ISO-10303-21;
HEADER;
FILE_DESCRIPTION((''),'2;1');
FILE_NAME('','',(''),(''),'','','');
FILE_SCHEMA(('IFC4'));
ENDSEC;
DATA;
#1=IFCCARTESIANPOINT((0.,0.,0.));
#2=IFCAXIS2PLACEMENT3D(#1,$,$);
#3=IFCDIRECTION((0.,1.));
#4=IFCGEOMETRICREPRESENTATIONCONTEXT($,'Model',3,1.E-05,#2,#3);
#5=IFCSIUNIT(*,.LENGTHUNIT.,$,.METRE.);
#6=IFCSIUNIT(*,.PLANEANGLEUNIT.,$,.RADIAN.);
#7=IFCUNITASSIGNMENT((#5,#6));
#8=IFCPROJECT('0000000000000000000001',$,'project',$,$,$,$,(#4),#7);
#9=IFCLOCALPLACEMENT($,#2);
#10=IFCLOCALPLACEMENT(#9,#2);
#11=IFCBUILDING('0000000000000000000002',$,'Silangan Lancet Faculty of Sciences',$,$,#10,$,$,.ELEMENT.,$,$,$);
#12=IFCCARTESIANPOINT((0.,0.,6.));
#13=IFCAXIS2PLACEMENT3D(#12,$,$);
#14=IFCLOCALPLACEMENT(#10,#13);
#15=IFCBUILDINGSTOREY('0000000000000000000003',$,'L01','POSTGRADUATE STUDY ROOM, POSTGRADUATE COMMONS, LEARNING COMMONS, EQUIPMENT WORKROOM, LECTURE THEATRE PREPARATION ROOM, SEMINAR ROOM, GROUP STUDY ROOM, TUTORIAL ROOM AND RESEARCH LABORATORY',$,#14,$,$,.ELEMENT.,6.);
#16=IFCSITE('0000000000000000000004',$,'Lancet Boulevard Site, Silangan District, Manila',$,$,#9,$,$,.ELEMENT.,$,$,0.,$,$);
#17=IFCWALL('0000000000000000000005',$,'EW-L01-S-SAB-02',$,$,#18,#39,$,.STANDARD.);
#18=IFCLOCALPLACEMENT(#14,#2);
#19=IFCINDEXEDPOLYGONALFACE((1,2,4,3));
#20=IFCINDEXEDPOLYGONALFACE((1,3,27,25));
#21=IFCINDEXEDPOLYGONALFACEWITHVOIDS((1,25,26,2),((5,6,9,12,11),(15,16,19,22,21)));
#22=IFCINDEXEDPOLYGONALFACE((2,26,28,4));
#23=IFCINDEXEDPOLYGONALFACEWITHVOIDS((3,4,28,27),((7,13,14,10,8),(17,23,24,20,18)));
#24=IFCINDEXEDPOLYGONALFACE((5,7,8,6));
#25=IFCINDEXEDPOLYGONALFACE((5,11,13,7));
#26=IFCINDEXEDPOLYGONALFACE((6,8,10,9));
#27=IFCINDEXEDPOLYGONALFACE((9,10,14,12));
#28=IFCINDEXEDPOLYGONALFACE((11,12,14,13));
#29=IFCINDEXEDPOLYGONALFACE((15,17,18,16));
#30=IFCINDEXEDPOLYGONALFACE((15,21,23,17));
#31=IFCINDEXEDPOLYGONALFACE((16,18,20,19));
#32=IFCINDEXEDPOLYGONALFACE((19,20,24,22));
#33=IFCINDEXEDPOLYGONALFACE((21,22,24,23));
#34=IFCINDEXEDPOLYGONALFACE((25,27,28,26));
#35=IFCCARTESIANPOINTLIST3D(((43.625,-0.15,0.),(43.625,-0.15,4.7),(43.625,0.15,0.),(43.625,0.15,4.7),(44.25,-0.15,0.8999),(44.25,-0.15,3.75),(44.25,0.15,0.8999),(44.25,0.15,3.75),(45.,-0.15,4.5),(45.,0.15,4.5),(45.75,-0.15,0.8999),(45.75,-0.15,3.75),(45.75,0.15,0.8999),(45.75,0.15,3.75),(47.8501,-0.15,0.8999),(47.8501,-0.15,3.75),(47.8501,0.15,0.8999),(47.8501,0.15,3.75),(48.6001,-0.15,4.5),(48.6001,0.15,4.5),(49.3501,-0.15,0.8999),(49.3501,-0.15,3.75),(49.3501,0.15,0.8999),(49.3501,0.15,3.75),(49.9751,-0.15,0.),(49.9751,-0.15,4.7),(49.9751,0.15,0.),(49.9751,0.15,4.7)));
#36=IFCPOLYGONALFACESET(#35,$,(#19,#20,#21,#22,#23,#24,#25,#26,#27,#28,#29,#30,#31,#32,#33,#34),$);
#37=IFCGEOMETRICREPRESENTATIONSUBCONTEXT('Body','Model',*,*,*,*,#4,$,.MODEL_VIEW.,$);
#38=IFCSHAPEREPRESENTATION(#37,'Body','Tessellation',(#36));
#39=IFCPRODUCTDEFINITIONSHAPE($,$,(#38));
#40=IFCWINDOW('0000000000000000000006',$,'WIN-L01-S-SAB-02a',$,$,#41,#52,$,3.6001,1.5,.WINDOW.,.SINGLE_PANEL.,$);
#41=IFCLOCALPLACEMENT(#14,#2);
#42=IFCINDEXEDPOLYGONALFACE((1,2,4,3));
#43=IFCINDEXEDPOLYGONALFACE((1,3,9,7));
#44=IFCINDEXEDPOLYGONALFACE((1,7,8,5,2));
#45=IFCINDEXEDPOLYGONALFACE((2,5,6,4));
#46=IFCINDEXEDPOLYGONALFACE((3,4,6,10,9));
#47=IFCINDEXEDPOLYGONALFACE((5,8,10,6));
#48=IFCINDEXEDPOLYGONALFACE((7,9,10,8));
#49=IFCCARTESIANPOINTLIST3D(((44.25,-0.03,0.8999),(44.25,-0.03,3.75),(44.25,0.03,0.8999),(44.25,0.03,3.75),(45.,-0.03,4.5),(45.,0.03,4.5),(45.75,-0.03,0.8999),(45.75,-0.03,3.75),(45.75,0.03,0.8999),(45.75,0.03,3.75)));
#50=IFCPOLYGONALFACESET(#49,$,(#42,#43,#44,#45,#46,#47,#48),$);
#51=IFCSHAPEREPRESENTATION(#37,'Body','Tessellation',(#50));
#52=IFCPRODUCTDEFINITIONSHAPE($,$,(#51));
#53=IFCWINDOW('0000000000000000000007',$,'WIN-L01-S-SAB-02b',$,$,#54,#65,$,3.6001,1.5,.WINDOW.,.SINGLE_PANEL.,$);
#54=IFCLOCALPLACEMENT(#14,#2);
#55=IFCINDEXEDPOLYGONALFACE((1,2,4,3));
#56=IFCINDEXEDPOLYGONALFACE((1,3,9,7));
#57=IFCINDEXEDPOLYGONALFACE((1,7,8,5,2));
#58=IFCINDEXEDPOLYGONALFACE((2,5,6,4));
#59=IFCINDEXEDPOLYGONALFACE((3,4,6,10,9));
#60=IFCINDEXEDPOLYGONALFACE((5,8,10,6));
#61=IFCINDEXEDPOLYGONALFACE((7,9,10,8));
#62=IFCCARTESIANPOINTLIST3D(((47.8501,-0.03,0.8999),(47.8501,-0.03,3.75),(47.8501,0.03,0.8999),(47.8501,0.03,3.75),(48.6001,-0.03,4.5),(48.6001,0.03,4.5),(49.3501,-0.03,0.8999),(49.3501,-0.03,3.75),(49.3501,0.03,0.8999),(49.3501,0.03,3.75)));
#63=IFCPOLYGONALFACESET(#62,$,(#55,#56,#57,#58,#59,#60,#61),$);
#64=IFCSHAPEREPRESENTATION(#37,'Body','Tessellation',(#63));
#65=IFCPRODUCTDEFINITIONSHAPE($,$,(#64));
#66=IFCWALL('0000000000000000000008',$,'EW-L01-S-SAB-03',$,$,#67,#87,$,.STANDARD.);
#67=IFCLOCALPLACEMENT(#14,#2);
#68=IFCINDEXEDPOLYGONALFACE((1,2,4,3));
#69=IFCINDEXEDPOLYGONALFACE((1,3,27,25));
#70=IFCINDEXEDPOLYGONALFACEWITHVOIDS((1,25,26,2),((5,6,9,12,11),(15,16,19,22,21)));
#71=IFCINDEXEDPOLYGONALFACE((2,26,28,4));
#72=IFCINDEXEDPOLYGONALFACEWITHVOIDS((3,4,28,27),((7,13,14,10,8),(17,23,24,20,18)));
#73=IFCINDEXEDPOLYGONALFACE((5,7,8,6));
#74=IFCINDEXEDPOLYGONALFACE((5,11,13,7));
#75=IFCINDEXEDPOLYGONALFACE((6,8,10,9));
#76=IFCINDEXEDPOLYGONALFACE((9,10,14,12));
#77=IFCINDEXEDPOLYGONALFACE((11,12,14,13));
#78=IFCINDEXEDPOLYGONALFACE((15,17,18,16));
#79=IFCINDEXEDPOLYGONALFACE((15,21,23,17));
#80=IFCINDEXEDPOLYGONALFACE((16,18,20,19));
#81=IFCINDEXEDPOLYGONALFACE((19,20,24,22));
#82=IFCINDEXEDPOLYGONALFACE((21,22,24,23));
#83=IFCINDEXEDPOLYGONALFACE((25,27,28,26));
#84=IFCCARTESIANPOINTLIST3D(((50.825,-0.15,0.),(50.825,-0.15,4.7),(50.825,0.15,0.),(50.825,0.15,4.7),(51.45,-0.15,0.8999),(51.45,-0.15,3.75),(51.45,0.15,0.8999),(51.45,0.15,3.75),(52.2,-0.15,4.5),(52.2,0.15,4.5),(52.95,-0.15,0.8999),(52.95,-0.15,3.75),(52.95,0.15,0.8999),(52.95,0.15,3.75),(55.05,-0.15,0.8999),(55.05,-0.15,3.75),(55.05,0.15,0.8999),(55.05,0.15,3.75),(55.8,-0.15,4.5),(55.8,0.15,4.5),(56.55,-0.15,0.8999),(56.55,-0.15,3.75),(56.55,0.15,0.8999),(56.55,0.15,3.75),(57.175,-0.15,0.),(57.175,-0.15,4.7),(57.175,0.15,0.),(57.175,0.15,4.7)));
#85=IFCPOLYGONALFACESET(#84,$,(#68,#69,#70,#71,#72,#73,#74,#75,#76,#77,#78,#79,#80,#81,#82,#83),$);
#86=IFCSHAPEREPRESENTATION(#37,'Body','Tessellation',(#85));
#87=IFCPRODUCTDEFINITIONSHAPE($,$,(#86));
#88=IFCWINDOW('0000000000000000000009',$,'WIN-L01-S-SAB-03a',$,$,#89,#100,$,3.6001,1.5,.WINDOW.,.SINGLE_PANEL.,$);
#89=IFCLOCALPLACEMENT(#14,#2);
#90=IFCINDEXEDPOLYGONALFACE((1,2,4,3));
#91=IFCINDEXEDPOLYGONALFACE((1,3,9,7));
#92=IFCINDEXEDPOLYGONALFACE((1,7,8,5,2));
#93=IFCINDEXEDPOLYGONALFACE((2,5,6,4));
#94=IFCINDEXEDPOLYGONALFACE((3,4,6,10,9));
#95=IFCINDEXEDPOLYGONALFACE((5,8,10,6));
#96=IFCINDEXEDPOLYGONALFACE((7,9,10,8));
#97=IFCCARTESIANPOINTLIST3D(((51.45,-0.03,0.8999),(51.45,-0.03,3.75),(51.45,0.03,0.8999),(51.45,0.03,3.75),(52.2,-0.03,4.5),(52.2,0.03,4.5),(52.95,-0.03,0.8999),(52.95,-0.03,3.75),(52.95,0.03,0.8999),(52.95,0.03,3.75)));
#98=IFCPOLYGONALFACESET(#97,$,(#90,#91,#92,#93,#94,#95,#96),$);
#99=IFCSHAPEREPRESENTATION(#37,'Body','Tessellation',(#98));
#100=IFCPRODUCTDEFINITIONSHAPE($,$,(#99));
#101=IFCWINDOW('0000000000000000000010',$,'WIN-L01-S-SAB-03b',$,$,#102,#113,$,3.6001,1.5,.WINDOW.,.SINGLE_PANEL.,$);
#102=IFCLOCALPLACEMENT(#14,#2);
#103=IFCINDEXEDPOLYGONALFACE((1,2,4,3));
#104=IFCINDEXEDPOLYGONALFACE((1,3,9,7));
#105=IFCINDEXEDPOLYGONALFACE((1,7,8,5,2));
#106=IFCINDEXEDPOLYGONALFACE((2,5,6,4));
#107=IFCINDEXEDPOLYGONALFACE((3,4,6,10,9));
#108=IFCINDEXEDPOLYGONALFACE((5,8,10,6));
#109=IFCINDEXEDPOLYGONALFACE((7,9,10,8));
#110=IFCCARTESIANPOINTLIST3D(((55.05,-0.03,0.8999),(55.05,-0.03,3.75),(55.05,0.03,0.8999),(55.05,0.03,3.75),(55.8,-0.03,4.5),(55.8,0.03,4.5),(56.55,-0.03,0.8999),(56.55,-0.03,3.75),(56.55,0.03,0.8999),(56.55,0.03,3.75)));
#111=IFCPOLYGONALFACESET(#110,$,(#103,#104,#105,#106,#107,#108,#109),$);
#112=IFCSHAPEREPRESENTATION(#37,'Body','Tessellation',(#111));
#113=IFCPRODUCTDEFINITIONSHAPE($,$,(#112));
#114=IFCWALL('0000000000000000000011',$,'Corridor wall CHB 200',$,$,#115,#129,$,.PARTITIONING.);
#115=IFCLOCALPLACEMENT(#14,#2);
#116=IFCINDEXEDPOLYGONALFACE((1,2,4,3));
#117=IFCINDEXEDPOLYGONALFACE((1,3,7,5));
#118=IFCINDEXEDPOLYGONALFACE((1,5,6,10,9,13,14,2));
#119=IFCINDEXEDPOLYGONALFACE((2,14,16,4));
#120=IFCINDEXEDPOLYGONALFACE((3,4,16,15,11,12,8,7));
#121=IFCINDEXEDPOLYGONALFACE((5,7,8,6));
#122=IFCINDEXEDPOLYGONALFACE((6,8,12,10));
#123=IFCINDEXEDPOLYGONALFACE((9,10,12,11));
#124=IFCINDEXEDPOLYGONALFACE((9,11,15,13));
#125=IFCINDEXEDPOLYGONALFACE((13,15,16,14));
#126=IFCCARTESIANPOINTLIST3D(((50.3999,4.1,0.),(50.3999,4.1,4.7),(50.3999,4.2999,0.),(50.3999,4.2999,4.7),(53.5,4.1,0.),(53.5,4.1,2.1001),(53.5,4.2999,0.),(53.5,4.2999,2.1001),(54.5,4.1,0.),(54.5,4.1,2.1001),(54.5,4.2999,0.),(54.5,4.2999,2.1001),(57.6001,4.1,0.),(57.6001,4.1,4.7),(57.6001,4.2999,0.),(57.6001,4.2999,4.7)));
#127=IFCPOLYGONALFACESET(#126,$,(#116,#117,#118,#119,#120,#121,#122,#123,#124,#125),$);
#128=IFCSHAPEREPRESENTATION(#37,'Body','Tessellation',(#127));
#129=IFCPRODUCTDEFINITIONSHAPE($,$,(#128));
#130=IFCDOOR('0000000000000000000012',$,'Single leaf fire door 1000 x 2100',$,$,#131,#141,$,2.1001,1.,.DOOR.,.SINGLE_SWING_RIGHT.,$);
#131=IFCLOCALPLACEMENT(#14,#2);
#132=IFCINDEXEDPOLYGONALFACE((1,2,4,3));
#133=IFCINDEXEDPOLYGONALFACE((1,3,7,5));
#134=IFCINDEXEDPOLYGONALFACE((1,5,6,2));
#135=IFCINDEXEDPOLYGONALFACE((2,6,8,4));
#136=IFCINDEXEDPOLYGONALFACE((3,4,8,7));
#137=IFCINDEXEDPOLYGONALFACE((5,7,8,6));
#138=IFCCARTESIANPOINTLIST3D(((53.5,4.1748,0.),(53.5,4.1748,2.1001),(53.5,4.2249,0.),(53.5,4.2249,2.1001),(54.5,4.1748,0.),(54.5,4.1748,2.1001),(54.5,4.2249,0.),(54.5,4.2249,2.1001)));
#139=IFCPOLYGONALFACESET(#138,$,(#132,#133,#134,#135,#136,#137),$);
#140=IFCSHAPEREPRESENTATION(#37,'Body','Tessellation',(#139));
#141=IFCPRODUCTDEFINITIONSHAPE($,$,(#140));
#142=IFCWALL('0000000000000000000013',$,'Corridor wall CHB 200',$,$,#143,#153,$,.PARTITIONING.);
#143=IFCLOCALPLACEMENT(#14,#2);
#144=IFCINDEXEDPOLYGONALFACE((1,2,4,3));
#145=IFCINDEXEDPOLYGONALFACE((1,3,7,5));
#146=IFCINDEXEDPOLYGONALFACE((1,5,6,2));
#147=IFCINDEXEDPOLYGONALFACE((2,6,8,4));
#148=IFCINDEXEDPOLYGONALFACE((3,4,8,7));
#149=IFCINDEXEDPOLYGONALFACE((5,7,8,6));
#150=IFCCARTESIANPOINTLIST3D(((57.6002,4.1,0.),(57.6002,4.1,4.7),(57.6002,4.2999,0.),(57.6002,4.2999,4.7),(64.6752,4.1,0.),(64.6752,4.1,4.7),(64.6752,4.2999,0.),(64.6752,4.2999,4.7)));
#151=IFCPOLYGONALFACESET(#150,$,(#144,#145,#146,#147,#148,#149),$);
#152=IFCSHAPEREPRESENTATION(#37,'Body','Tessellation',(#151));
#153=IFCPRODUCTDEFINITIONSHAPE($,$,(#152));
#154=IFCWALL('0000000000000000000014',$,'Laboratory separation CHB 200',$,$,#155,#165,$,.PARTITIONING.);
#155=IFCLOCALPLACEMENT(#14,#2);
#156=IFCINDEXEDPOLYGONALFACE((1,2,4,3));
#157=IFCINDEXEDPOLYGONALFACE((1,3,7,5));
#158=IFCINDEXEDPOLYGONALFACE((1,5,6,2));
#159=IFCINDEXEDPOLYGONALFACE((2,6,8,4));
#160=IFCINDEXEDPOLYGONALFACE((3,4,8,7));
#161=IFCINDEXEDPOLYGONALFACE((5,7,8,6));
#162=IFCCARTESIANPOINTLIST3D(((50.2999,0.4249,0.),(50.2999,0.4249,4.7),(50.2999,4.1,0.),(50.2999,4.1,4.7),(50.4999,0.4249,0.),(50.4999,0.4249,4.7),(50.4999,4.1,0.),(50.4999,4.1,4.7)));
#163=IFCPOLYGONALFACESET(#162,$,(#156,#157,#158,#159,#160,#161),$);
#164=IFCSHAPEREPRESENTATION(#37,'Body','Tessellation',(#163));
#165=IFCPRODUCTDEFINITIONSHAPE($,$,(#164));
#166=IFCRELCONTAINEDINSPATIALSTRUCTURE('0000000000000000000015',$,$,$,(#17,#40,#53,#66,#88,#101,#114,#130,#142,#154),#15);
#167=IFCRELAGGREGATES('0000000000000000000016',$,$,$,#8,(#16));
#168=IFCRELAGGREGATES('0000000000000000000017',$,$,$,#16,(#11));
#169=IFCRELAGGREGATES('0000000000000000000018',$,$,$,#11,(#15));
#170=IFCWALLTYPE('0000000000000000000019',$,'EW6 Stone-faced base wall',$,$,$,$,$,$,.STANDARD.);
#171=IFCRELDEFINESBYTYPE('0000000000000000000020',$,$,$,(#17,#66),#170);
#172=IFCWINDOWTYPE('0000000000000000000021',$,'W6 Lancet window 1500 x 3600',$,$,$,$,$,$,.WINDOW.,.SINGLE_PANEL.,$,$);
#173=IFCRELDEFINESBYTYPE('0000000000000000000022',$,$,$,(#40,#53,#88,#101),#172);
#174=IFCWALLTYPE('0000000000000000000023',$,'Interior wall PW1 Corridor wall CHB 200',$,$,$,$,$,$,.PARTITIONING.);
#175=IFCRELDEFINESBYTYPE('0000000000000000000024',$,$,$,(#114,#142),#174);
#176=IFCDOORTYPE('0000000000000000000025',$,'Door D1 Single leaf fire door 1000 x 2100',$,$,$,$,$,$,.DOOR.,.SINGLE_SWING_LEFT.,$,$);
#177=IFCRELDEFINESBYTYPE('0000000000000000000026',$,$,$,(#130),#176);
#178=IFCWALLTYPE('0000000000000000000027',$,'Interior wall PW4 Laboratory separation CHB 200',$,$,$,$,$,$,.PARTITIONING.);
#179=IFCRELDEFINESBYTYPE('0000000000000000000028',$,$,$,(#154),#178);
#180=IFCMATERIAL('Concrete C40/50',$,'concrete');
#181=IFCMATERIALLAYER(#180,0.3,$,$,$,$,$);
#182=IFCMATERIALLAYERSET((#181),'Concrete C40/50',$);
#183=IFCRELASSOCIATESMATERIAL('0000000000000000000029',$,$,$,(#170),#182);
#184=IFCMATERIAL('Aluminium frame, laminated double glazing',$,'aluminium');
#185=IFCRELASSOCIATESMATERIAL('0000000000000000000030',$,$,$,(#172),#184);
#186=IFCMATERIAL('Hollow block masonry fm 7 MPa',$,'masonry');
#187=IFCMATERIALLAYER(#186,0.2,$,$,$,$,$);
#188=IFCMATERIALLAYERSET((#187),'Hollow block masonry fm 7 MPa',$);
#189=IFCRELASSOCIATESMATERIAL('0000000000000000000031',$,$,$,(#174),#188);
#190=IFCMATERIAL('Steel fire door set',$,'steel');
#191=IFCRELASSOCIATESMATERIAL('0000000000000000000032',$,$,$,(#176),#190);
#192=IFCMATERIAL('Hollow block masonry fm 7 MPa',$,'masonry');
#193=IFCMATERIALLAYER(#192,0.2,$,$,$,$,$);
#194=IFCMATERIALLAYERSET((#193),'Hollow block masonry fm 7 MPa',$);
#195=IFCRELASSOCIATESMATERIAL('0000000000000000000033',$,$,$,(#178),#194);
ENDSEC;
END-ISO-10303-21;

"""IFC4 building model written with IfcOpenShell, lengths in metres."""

from ifc_helpers import new_model, si_unit, direction, frame, frame_2d, origin, place, context, subcontext, project, spatial, polyline, rectangle, outline, extrude, material, layer, layer_set, type_object, element, fill, save


model = new_model("IFC4")

# Units and contexts
model_context = context("Model", 3, precision=1e-05, world=origin(), true_north=direction((0.0, 1.0)))
body_context = subcontext(model_context, "Body", "Model", "MODEL_VIEW")
ifc_project = project(units=[si_unit("LENGTHUNIT", "METRE"), si_unit("PLANEANGLEUNIT", "RADIAN")], contexts=[model_context])

# Site, building, storey
site_placement = place(None, origin())
site = spatial("IfcSite", under=ifc_project, at=site_placement, Name="Lancet Boulevard Site, Silangan District, Manila", CompositionType="ELEMENT", RefElevation=0.0)
building_placement = place(site_placement, origin())
building = spatial("IfcBuilding", under=site, at=building_placement, Name="Silangan Lancet Faculty of Sciences", CompositionType="ELEMENT")
storey_placement = place(building_placement, frame((0.0, 0.0, 6.0)))
storey = spatial("IfcBuildingStorey", under=building, at=storey_placement, Name="L01", Description="POSTGRADUATE STUDY ROOM, POSTGRADUATE COMMONS, LEARNING COMMONS, EQUIPMENT WORKROOM, LECTURE THEATRE PREPARATION ROOM, SEMINAR ROOM, GROUP STUDY ROOM, TUTORIAL ROOM AND RESEARCH LABORATORY", CompositionType="ELEMENT", Elevation=6.0)

# Walls, openings, windows
ifc_material_1 = material(Name="Concrete C40/50", Category="concrete")
ifc_layer_1 = layer(ifc_material_1, 0.3)
ifc_layer_set_1 = layer_set([ifc_layer_1], Name="Concrete C40/50")
wall_type_1 = type_object("IfcWallType", Name="EW6 Stone-faced base wall", PredefinedType="STANDARD", material=ifc_layer_set_1)
wall_1_placement = place(storey_placement, frame((43.625, 0.0, 0.0), z_axis=(0.0, 0.0, 1.0), x_axis=(1.0, 0.0, 0.0)))
wall_1 = element("IfcWall", 1, at=wall_1_placement, inside=storey, type_object=wall_type_1, Name="EW-L01-S-SAB-02", PredefinedType="STANDARD", context=body_context, shape_type="SweptSolid", body=[
    extrude(rectangle(XDim=6.3501, YDim=0.3, at=frame_2d((3.175, 0.0))), origin(), (0.0, 0.0, 1.0), 4.7),
])
opening_1_placement = place(wall_1_placement, frame((0.625, 0.0, 0.8999)))
opening_1 = element("IfcOpeningElement", 2, at=opening_1_placement, cuts=wall_1, PredefinedType="OPENING", context=body_context, shape_type="SweptSolid", body=[
    extrude(outline(polyline([(0.0, 0.0), (1.5, 0.0), (1.5, 2.8501), (0.75, 3.6001), (0.0, 2.8501), (0.0, 0.0)])), frame((0.0, 0.1599, 0.0), z_axis=(0.0, -1.0, 0.0), x_axis=(1.0, 0.0, 0.0)), (0.0, 0.0, 1.0), 0.3201),
])
opening_2_placement = place(wall_1_placement, frame((4.2251, 0.0, 0.8999)))
opening_2 = element("IfcOpeningElement", 3, at=opening_2_placement, cuts=wall_1, PredefinedType="OPENING", context=body_context, shape_type="SweptSolid", body=[
    extrude(outline(polyline([(0.0, 0.0), (1.5, 0.0), (1.5, 2.8501), (0.75, 3.6001), (0.0, 2.8501), (0.0, 0.0)])), frame((0.0, 0.1599, 0.0), z_axis=(0.0, -1.0, 0.0), x_axis=(1.0, 0.0, 0.0)), (0.0, 0.0, 1.0), 0.3201),
])
ifc_material_2 = material(Name="Aluminium frame, laminated double glazing", Category="aluminium")
window_type = type_object("IfcWindowType", Name="W6 Lancet window 1500 x 3600", PartitioningType="SINGLE_PANEL", PredefinedType="WINDOW", material=ifc_material_2)
window_1_placement = place(opening_1_placement, origin())
window_1 = element("IfcWindow", 4, at=window_1_placement, inside=storey, type_object=window_type, Name="WIN-L01-S-SAB-02a", OverallHeight=3.6001, OverallWidth=1.5, PartitioningType="SINGLE_PANEL", PredefinedType="WINDOW", context=body_context, shape_type="SweptSolid", body=[
    extrude(outline(polyline([(0.0, 0.0), (1.5, 0.0), (1.5, 2.8501), (0.75, 3.6001), (0.0, 2.8501), (0.0, 0.0)])), frame((0.0, 0.03, 0.0), z_axis=(0.0, -1.0, 0.0), x_axis=(1.0, 0.0, 0.0)), (0.0, 0.0, 1.0), 0.0601),
])
fill(opening_1, window_1)
window_2_placement = place(opening_2_placement, origin())
window_2 = element("IfcWindow", 5, at=window_2_placement, inside=storey, type_object=window_type, Name="WIN-L01-S-SAB-02b", OverallHeight=3.6001, OverallWidth=1.5, PartitioningType="SINGLE_PANEL", PredefinedType="WINDOW", context=body_context, shape_type="SweptSolid", body=[
    extrude(outline(polyline([(0.0, 0.0), (1.5, 0.0), (1.5, 2.8501), (0.75, 3.6001), (0.0, 2.8501), (0.0, 0.0)])), frame((0.0, 0.03, 0.0), z_axis=(0.0, -1.0, 0.0), x_axis=(1.0, 0.0, 0.0)), (0.0, 0.0, 1.0), 0.0601),
])
fill(opening_2, window_2)
wall_2_placement = place(storey_placement, frame((50.825, 0.0, 0.0), z_axis=(0.0, 0.0, 1.0), x_axis=(1.0, 0.0, 0.0)))
wall_2 = element("IfcWall", 6, at=wall_2_placement, inside=storey, type_object=wall_type_1, Name="EW-L01-S-SAB-03", PredefinedType="STANDARD", context=body_context, shape_type="SweptSolid", body=[
    extrude(rectangle(XDim=6.3501, YDim=0.3, at=frame_2d((3.175, 0.0))), origin(), (0.0, 0.0, 1.0), 4.7),
])
opening_3_placement = place(wall_2_placement, frame((0.625, 0.0, 0.8999)))
opening_3 = element("IfcOpeningElement", 7, at=opening_3_placement, cuts=wall_2, PredefinedType="OPENING", context=body_context, shape_type="SweptSolid", body=[
    extrude(outline(polyline([(0.0, 0.0), (1.5, 0.0), (1.5, 2.8501), (0.75, 3.6001), (0.0, 2.8501), (0.0, 0.0)])), frame((0.0, 0.1599, 0.0), z_axis=(0.0, -1.0, 0.0), x_axis=(1.0, 0.0, 0.0)), (0.0, 0.0, 1.0), 0.3201),
])
opening_4_placement = place(wall_2_placement, frame((4.2251, 0.0, 0.8999)))
opening_4 = element("IfcOpeningElement", 8, at=opening_4_placement, cuts=wall_2, PredefinedType="OPENING", context=body_context, shape_type="SweptSolid", body=[
    extrude(outline(polyline([(0.0, 0.0), (1.5, 0.0), (1.5, 2.8501), (0.75, 3.6001), (0.0, 2.8501), (0.0, 0.0)])), frame((0.0, 0.1599, 0.0), z_axis=(0.0, -1.0, 0.0), x_axis=(1.0, 0.0, 0.0)), (0.0, 0.0, 1.0), 0.3201),
])
window_3_placement = place(opening_3_placement, origin())
window_3 = element("IfcWindow", 9, at=window_3_placement, inside=storey, type_object=window_type, Name="WIN-L01-S-SAB-03a", OverallHeight=3.6001, OverallWidth=1.5, PartitioningType="SINGLE_PANEL", PredefinedType="WINDOW", context=body_context, shape_type="SweptSolid", body=[
    extrude(outline(polyline([(0.0, 0.0), (1.5, 0.0), (1.5, 2.8501), (0.75, 3.6001), (0.0, 2.8501), (0.0, 0.0)])), frame((0.0, 0.03, 0.0), z_axis=(0.0, -1.0, 0.0), x_axis=(1.0, 0.0, 0.0)), (0.0, 0.0, 1.0), 0.0601),
])
fill(opening_3, window_3)
window_4_placement = place(opening_4_placement, origin())
window_4 = element("IfcWindow", 10, at=window_4_placement, inside=storey, type_object=window_type, Name="WIN-L01-S-SAB-03b", OverallHeight=3.6001, OverallWidth=1.5, PartitioningType="SINGLE_PANEL", PredefinedType="WINDOW", context=body_context, shape_type="SweptSolid", body=[
    extrude(outline(polyline([(0.0, 0.0), (1.5, 0.0), (1.5, 2.8501), (0.75, 3.6001), (0.0, 2.8501), (0.0, 0.0)])), frame((0.0, 0.03, 0.0), z_axis=(0.0, -1.0, 0.0), x_axis=(1.0, 0.0, 0.0)), (0.0, 0.0, 1.0), 0.0601),
])
fill(opening_4, window_4)

# Wall, opening, door
ifc_material_3 = material(Name="Hollow block masonry fm 7 MPa", Category="masonry")
ifc_layer_2 = layer(ifc_material_3, 0.2)
ifc_layer_set_2 = layer_set([ifc_layer_2], Name="Hollow block masonry fm 7 MPa")
wall_type_2 = type_object("IfcWallType", Name="Interior wall PW1 Corridor wall CHB 200", PredefinedType="PARTITIONING", material=ifc_layer_set_2)
wall_3_placement = place(storey_placement, frame((50.3999, 4.2, 0.0), z_axis=(0.0, 0.0, 1.0), x_axis=(1.0, 0.0, 0.0)))
wall_3 = element("IfcWall", 11, at=wall_3_placement, inside=storey, type_object=wall_type_2, Name="Corridor wall CHB 200", PredefinedType="PARTITIONING", context=body_context, shape_type="SweptSolid", body=[
    extrude(rectangle(XDim=7.2002, YDim=0.2, at=frame_2d((3.6001, 0.0))), origin(), (0.0, 0.0, 1.0), 4.7),
])
opening_5_placement = place(wall_3_placement, frame((3.1001, 0.0, 0.0)))
opening_5 = element("IfcOpeningElement", 12, at=opening_5_placement, cuts=wall_3, PredefinedType="OPENING", context=body_context, shape_type="SweptSolid", body=[
    extrude(rectangle(XDim=1.0, YDim=2.1001, at=frame_2d((0.5, 1.05))), frame((0.0, 0.1099, 0.0), z_axis=(0.0, -1.0, 0.0), x_axis=(1.0, 0.0, 0.0)), (0.0, 0.0, 1.0), 0.22),
])
ifc_material_4 = material(Name="Steel fire door set", Category="steel")
door_type = type_object("IfcDoorType", Name="Door D1 Single leaf fire door 1000 x 2100", OperationType="SINGLE_SWING_LEFT", PredefinedType="DOOR", material=ifc_material_4)
door_placement = place(opening_5_placement, frame((1.0, 0.0, 0.0), z_axis=(0.0, 0.0, 1.0), x_axis=(-1.0, 0.0, 0.0)))
door = element("IfcDoor", 13, at=door_placement, inside=storey, type_object=door_type, Name="Single leaf fire door 1000 x 2100", OperationType="SINGLE_SWING_RIGHT", OverallHeight=2.1001, OverallWidth=1.0, PredefinedType="DOOR", context=body_context, shape_type="SweptSolid", body=[
    extrude(rectangle(XDim=1.0, YDim=2.1001, at=frame_2d((0.5, 1.05))), frame((0.0, 0.0251, 0.0), z_axis=(0.0, -1.0, 0.0), x_axis=(1.0, 0.0, 0.0)), (0.0, 0.0, 1.0), 0.05),
])
fill(opening_5, door)

# Walls
wall_4_placement = place(storey_placement, frame((57.6001, 4.2, 0.0), z_axis=(0.0, 0.0, 1.0), x_axis=(1.0, 0.0, 0.0)))
element("IfcWall", 14, at=wall_4_placement, inside=storey, type_object=wall_type_2, Name="Corridor wall CHB 200", PredefinedType="PARTITIONING", context=body_context, shape_type="SweptSolid", body=[
    extrude(rectangle(XDim=7.075, YDim=0.2, at=frame_2d((3.5376, 0.0))), origin(), (0.0, 0.0, 1.0), 4.7),
])
ifc_material_5 = material(Name="Hollow block masonry fm 7 MPa", Category="masonry")
ifc_layer_3 = layer(ifc_material_5, 0.2)
ifc_layer_set_3 = layer_set([ifc_layer_3], Name="Hollow block masonry fm 7 MPa")
wall_type_3 = type_object("IfcWallType", Name="Interior wall PW4 Laboratory separation CHB 200", PredefinedType="PARTITIONING", material=ifc_layer_set_3)
wall_5_placement = place(storey_placement, frame((50.3999, 0.425, 0.0), z_axis=(0.0, 0.0, 1.0), x_axis=(0.0, 1.0, 0.0)))
element("IfcWall", 15, at=wall_5_placement, inside=storey, type_object=wall_type_3, Name="Laboratory separation CHB 200", PredefinedType="PARTITIONING", context=body_context, shape_type="SweptSolid", body=[
    extrude(rectangle(XDim=3.675, YDim=0.2, at=frame_2d((1.8374, 0.0))), origin(), (0.0, 0.0, 1.0), 4.7),
])

save(model, "model.ifc")
